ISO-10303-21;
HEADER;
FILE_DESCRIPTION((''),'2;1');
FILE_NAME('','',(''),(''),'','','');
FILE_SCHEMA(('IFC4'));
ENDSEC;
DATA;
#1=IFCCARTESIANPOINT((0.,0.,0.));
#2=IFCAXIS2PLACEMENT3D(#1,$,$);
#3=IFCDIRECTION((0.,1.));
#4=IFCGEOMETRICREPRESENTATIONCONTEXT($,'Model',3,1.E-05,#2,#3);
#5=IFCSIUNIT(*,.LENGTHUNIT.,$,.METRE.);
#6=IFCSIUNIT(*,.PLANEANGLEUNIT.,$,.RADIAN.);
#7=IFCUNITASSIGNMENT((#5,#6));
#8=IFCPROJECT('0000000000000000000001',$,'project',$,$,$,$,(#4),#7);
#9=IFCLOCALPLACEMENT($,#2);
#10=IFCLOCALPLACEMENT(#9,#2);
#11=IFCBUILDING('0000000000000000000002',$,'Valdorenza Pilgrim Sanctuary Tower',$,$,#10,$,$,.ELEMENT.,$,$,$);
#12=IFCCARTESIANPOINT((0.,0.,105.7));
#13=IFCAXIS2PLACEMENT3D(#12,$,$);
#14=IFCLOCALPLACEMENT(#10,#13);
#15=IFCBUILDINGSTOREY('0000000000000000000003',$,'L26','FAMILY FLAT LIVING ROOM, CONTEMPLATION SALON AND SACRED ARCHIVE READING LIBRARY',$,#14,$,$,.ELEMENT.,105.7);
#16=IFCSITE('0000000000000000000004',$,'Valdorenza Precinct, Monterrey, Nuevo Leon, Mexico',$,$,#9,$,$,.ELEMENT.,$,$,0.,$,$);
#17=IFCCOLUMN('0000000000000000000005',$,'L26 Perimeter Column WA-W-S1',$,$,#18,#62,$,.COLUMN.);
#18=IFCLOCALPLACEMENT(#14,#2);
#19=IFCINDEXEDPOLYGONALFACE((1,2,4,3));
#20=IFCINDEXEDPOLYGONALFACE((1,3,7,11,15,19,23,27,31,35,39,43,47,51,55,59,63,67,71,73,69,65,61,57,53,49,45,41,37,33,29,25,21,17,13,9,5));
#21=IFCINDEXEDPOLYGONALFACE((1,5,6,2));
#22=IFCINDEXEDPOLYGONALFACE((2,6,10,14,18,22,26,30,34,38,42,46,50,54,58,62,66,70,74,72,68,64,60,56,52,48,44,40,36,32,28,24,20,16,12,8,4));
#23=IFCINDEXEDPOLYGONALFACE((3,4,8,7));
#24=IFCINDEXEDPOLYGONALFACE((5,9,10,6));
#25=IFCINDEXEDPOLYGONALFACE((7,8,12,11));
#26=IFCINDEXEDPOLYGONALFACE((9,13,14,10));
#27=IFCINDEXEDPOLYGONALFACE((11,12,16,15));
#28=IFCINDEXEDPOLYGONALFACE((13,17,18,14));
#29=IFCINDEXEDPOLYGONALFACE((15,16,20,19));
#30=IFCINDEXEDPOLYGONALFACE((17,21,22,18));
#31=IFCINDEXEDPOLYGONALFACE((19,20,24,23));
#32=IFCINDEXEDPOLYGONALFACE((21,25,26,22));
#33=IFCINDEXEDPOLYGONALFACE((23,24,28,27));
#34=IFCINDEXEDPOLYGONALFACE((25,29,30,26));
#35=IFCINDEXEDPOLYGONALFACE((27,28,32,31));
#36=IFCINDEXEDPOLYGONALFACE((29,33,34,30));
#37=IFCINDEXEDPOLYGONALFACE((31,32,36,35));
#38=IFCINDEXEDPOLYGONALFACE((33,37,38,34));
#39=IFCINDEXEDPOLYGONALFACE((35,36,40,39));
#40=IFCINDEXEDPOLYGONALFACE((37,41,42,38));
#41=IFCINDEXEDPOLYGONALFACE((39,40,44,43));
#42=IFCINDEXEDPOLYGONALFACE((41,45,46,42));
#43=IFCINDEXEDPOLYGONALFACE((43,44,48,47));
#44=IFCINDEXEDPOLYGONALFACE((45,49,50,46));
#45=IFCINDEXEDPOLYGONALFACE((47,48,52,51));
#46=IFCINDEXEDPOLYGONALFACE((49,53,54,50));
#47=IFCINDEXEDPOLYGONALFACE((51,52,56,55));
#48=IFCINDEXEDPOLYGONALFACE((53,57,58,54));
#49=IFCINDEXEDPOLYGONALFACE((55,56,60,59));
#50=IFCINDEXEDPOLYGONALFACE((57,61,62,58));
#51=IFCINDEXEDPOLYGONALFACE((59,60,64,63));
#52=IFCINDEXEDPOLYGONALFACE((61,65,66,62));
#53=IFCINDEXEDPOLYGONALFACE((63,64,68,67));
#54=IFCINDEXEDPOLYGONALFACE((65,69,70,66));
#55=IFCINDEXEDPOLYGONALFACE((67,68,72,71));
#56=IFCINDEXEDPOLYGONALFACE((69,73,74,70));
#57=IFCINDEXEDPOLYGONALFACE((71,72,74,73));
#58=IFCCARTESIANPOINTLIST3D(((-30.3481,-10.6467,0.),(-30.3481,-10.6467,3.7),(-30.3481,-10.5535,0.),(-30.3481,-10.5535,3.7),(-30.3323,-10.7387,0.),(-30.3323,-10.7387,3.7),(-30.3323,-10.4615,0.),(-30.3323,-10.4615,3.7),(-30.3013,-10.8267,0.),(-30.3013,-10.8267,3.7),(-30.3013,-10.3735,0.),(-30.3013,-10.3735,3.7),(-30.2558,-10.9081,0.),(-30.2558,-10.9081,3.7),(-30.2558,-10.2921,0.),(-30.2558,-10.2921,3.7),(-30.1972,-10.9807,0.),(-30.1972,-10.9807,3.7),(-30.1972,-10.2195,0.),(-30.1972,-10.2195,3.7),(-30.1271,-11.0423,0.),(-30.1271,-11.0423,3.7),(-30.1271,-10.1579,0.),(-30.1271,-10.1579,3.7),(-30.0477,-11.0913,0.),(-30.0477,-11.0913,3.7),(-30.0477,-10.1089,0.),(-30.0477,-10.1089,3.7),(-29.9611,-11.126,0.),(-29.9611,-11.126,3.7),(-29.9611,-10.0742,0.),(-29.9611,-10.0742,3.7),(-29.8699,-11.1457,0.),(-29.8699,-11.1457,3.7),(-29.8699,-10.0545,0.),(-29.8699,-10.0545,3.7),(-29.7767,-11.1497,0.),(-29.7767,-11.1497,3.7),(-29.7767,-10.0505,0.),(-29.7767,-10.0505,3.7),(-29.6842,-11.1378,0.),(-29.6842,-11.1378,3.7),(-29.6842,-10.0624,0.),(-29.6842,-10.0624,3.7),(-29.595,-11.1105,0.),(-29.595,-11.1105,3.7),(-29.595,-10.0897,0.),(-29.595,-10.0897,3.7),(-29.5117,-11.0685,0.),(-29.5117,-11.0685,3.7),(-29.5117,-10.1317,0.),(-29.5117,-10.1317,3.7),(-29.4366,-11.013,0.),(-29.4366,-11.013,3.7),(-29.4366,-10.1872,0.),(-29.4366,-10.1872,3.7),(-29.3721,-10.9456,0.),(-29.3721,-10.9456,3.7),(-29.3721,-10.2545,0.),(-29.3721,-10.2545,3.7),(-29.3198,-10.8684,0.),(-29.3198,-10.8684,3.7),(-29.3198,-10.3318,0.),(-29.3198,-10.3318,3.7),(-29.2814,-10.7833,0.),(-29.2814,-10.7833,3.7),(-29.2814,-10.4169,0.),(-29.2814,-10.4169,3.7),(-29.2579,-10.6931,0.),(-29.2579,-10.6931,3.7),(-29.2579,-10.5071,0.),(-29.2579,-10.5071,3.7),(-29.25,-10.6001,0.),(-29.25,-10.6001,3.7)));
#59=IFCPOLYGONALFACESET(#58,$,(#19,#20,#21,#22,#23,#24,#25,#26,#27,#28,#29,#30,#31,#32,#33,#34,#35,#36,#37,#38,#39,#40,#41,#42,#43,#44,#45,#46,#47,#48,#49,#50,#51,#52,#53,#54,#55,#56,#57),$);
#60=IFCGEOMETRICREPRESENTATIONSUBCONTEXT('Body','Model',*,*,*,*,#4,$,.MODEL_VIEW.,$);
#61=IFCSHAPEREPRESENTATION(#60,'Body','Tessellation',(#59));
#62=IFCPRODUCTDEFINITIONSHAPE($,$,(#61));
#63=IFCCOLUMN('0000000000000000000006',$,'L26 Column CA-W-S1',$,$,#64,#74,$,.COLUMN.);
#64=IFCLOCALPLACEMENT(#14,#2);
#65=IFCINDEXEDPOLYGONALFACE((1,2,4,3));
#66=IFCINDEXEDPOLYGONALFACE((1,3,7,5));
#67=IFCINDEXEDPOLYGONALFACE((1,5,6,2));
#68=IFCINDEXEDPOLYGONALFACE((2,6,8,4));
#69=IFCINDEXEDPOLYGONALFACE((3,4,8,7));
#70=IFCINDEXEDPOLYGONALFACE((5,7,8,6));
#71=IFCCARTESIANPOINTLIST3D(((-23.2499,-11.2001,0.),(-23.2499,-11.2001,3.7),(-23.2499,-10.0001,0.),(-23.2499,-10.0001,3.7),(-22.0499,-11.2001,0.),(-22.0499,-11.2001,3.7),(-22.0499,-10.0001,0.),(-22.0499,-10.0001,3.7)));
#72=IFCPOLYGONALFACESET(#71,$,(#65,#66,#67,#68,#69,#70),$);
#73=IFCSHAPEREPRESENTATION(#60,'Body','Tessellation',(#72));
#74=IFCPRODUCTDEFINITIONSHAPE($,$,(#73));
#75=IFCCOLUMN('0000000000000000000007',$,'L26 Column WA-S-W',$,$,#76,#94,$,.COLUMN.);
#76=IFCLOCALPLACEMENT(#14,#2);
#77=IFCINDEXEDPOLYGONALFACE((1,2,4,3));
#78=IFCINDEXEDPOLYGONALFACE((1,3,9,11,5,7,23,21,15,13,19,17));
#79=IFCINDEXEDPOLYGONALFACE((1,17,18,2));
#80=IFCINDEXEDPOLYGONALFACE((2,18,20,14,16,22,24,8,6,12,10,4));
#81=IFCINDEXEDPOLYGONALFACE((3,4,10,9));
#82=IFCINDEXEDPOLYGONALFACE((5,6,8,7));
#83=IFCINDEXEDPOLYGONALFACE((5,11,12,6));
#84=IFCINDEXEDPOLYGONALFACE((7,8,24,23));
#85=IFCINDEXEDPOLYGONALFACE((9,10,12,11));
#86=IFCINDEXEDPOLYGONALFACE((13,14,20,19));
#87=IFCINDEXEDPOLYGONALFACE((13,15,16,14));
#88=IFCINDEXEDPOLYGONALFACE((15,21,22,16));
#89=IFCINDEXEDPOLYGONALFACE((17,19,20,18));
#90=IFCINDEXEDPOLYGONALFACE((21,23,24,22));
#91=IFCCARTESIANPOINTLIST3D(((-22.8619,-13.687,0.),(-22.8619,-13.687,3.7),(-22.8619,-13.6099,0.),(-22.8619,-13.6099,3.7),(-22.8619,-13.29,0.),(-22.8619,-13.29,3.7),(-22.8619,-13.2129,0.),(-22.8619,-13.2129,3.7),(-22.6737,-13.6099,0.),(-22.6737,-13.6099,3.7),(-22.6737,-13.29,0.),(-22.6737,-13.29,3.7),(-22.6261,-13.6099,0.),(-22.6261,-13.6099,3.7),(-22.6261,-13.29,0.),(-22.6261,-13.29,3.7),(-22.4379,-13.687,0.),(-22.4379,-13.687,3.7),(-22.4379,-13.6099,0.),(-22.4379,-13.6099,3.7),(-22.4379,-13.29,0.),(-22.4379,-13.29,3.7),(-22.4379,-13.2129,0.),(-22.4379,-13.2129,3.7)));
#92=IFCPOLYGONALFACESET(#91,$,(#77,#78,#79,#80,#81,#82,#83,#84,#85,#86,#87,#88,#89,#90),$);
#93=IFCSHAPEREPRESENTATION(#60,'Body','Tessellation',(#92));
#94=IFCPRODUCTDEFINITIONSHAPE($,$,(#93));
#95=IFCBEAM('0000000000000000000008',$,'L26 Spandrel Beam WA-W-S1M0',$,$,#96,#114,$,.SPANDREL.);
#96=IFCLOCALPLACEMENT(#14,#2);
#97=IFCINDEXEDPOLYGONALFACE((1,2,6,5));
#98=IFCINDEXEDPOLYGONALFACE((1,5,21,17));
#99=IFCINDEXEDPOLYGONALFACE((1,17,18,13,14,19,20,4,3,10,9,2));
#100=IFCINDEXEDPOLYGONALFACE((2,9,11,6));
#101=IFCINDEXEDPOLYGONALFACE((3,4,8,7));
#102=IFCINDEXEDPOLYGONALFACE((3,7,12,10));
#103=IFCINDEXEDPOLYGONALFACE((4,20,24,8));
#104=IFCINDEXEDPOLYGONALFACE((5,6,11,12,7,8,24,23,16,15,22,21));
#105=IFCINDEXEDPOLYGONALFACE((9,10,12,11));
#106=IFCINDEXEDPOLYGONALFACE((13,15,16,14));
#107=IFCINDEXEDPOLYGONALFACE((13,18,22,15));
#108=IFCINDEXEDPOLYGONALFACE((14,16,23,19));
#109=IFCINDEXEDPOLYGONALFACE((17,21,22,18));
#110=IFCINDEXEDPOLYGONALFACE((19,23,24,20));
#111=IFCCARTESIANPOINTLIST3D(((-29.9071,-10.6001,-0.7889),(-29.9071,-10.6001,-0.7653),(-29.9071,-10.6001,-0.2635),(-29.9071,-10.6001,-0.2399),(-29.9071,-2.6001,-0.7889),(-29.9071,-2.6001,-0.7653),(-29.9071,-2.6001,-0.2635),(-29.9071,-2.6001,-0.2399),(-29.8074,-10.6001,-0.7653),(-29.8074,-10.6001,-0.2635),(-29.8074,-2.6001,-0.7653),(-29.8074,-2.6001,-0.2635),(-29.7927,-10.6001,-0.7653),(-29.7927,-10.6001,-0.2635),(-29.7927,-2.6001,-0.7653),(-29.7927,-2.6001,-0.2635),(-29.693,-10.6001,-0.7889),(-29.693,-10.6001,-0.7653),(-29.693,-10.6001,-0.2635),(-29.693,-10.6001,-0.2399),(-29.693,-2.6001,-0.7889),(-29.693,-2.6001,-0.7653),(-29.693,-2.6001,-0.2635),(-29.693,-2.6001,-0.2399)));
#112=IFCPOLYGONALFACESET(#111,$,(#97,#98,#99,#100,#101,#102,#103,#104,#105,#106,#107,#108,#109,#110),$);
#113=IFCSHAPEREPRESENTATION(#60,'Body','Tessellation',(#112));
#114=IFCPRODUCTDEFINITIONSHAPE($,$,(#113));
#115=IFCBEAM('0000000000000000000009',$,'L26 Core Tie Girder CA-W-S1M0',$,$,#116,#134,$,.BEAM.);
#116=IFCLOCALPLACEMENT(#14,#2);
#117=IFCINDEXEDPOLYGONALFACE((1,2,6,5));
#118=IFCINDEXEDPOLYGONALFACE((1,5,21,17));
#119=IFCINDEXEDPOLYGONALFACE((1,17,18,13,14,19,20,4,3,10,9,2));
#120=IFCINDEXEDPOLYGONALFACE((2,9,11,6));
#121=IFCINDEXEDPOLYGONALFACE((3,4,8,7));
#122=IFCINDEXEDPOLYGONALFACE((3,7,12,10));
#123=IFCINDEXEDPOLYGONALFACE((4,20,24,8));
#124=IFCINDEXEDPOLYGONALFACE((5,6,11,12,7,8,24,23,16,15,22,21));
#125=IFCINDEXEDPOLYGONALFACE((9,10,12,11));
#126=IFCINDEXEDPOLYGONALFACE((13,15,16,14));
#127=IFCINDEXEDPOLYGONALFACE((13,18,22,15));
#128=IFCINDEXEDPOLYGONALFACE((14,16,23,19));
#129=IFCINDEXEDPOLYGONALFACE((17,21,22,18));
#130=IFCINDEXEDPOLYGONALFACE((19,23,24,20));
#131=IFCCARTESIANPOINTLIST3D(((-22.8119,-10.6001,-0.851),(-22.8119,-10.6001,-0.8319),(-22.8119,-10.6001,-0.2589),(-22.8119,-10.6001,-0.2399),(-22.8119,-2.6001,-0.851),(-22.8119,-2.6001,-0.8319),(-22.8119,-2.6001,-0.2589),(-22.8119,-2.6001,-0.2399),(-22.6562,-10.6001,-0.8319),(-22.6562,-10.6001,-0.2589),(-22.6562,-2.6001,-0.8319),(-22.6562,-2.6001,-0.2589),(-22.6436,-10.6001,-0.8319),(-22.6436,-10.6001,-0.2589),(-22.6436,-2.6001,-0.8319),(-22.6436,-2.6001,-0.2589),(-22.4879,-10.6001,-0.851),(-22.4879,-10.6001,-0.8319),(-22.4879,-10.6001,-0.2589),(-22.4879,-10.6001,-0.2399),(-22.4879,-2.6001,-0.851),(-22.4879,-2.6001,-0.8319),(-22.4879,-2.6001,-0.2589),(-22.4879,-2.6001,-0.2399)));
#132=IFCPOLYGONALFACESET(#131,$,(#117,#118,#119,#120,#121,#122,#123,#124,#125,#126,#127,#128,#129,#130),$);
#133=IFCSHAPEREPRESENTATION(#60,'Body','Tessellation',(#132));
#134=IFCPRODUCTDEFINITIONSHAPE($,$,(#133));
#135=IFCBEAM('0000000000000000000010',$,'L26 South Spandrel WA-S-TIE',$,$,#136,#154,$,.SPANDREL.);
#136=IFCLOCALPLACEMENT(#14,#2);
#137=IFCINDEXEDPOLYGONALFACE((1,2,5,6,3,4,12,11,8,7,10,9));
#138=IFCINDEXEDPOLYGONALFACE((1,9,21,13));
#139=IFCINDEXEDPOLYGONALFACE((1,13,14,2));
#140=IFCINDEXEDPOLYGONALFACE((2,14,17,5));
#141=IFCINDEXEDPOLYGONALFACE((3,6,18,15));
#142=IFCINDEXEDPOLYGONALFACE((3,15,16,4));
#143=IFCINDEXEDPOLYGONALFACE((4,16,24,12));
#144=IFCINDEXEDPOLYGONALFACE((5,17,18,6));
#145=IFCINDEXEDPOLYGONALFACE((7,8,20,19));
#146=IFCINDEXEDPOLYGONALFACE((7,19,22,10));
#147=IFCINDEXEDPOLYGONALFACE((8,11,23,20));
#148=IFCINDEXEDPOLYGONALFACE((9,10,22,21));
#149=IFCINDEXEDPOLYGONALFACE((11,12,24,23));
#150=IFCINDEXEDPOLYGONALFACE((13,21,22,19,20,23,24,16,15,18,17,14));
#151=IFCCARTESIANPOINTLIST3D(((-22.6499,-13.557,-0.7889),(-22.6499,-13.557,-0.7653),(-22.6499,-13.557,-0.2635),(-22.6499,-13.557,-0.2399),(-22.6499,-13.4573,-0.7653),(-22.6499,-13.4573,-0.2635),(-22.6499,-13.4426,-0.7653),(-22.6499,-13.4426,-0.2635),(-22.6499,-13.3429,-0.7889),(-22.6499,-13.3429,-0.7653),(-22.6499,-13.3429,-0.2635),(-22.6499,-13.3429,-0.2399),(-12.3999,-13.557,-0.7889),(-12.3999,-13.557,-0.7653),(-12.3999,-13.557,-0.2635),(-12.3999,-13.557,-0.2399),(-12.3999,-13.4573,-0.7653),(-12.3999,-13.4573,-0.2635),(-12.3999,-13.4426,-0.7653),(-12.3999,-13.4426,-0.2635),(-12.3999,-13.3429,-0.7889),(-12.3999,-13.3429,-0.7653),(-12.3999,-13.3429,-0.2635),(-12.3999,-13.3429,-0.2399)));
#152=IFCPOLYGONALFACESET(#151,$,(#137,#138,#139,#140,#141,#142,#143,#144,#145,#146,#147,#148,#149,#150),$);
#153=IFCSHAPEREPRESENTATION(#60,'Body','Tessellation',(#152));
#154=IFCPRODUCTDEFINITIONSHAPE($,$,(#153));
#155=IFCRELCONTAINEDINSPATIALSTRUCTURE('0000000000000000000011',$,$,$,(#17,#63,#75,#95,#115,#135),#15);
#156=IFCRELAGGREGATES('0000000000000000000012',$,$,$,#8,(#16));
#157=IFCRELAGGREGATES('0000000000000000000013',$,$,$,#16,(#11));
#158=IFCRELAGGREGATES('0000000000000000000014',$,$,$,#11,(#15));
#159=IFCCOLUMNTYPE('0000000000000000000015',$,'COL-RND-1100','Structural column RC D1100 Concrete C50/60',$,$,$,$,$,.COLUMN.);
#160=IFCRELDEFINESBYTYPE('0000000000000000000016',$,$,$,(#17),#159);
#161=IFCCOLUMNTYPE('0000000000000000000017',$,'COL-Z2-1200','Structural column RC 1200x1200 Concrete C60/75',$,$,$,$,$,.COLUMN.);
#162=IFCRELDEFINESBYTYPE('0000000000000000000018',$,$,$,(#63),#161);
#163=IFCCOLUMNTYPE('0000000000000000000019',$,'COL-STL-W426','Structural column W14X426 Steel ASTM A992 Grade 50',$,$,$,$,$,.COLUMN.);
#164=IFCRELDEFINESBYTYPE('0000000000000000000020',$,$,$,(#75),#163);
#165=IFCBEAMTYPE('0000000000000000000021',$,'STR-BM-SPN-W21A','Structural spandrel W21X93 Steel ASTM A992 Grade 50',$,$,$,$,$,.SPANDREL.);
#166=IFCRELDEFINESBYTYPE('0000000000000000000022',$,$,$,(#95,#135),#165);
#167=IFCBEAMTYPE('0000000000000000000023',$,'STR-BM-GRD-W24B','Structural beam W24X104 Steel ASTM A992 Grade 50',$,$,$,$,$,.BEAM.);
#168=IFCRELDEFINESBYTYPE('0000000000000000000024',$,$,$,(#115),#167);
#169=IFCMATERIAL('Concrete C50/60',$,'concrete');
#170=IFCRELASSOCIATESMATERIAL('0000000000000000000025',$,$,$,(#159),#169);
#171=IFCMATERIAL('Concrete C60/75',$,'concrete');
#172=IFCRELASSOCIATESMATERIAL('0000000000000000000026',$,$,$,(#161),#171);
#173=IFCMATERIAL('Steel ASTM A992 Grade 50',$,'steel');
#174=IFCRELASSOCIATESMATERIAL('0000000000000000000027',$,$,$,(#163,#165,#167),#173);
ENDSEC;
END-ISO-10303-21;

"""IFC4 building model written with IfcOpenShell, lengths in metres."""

from ifc_helpers import new_model, si_unit, direction, frame, origin, origin_2d, place, context, subcontext, project, spatial, rectangle, circle, i_section, extrude, source, transform, mapped, material, material_profile, profile_set, type_object, element, save


model = new_model("IFC4")

# Units and contexts
model_context = context("Model", 3, precision=1e-05, world=origin(), true_north=direction((0.0, 1.0)))
body_context = subcontext(model_context, "Body", "Model", "MODEL_VIEW")
ifc_project = project(units=[si_unit("LENGTHUNIT", "METRE"), si_unit("PLANEANGLEUNIT", "RADIAN")], contexts=[model_context])

# Site, building, storey
site_placement = place(None, origin())
site = spatial("IfcSite", under=ifc_project, at=site_placement, Name="Valdorenza Precinct, Monterrey, Nuevo Leon, Mexico", CompositionType="ELEMENT", RefElevation=0.0)
building_placement = place(site_placement, origin())
building = spatial("IfcBuilding", under=site, at=building_placement, Name="Valdorenza Pilgrim Sanctuary Tower", CompositionType="ELEMENT")
storey_placement = place(building_placement, frame((0.0, 0.0, 105.7)))
storey = spatial("IfcBuildingStorey", under=building, at=storey_placement, Name="L26", Description="FAMILY FLAT LIVING ROOM, CONTEMPLATION SALON AND SACRED ARCHIVE READING LIBRARY", CompositionType="ELEMENT", Elevation=105.7)

# Columns
ifc_material_1 = material(Name="Concrete C50/60", Category="concrete")
ifc_material_profile_1 = material_profile(ifc_material_1, circle(Radius=0.55, at=origin_2d()), Name="RC D1100")
ifc_profile_set_1 = profile_set([ifc_material_profile_1], Name="Concrete C50/60")
column_type_1 = type_object("IfcColumnType", Name="COL-RND-1100", Description="Structural column RC D1100 Concrete C50/60", PredefinedType="COLUMN", material=ifc_profile_set_1)
shared_shape_1 = source(origin(), body_context, "Body", "SweptSolid", [
    extrude(circle(Radius=0.55, at=origin_2d()), origin(), (0.0, 0.0, 1.0), 3.7),
])
column_1_placement = place(storey_placement, frame((-29.8, -10.6001, 0.0), z_axis=(0.0, 0.0, 1.0), x_axis=(1.0, 0.0, 0.0)))
element("IfcColumn", 1, at=column_1_placement, inside=storey, type_object=column_type_1, Name="L26 Perimeter Column WA-W-S1", PredefinedType="COLUMN", context=body_context, shape_type="MappedRepresentation", body=[
    mapped(shared_shape_1, transform((0.0, 0.0, 0.0), x_axis=(1.0, 0.0, 0.0), y_axis=(0.0, 1.0, 0.0), z_axis=(0.0, 0.0, 1.0), scale=1.0)),
])
ifc_material_2 = material(Name="Concrete C60/75", Category="concrete")
ifc_material_profile_2 = material_profile(ifc_material_2, rectangle(XDim=1.2, YDim=1.2, at=origin_2d()), Name="RC 1200x1200")
ifc_profile_set_2 = profile_set([ifc_material_profile_2], Name="Concrete C60/75")
column_type_2 = type_object("IfcColumnType", Name="COL-Z2-1200", Description="Structural column RC 1200x1200 Concrete C60/75", PredefinedType="COLUMN", material=ifc_profile_set_2)
shared_shape_2 = source(origin(), body_context, "Body", "SweptSolid", [
    extrude(rectangle(XDim=1.2, YDim=1.2, at=origin_2d()), origin(), (0.0, 0.0, 1.0), 3.7),
])
column_2_placement = place(storey_placement, frame((-22.6499, -10.6001, 0.0), z_axis=(0.0, 0.0, 1.0), x_axis=(1.0, 0.0, 0.0)))
element("IfcColumn", 2, at=column_2_placement, inside=storey, type_object=column_type_2, Name="L26 Column CA-W-S1", PredefinedType="COLUMN", context=body_context, shape_type="MappedRepresentation", body=[
    mapped(shared_shape_2, transform((0.0, 0.0, 0.0), x_axis=(1.0, 0.0, 0.0), y_axis=(0.0, 1.0, 0.0), z_axis=(0.0, 0.0, 1.0), scale=1.0)),
])
ifc_material_3 = material(Name="Steel ASTM A992 Grade 50", Category="steel")
ifc_material_profile_3 = material_profile(ifc_material_3, i_section(OverallWidth=0.4241, OverallDepth=0.4741, WebThickness=0.0476, FlangeThickness=0.0771, at=origin_2d()), Name="W14X426")
ifc_profile_set_3 = profile_set([ifc_material_profile_3], Name="Steel ASTM A992 Grade 50")
column_type_3 = type_object("IfcColumnType", Name="COL-STL-W426", Description="Structural column W14X426 Steel ASTM A992 Grade 50", PredefinedType="COLUMN", material=ifc_profile_set_3)
shared_shape_3 = source(origin(), body_context, "Body", "SweptSolid", [
    extrude(i_section(OverallWidth=0.4241, OverallDepth=0.4741, WebThickness=0.0476, FlangeThickness=0.0771, at=origin_2d()), origin(), (0.0, 0.0, 1.0), 3.7),
])
column_3_placement = place(storey_placement, frame((-22.6499, -13.45, 0.0), z_axis=(0.0, 0.0, 1.0), x_axis=(1.0, 0.0, 0.0)))
element("IfcColumn", 3, at=column_3_placement, inside=storey, type_object=column_type_3, Name="L26 Column WA-S-W", PredefinedType="COLUMN", context=body_context, shape_type="MappedRepresentation", body=[
    mapped(shared_shape_3, transform((0.0, 0.0, 0.0), x_axis=(1.0, 0.0, 0.0), y_axis=(0.0, 1.0, 0.0), z_axis=(0.0, 0.0, 1.0), scale=1.0)),
])

# Beams
ifc_material_profile_4 = material_profile(ifc_material_3, i_section(OverallWidth=0.2141, OverallDepth=0.5491, WebThickness=0.0146, FlangeThickness=0.0237, at=origin_2d()), Name="W21X93")
ifc_profile_set_4 = profile_set([ifc_material_profile_4], Name="Steel ASTM A992 Grade 50")
beam_type_1 = type_object("IfcBeamType", Name="STR-BM-SPN-W21A", Description="Structural spandrel W21X93 Steel ASTM A992 Grade 50", PredefinedType="SPANDREL", material=ifc_profile_set_4)
shared_shape_4 = source(origin(), body_context, "Body", "SweptSolid", [
    extrude(i_section(OverallWidth=0.2141, OverallDepth=0.5491, WebThickness=0.0146, FlangeThickness=0.0237, at=origin_2d()), origin(), (0.0, 0.0, 1.0), 8.0),
])
beam_1_placement = place(storey_placement, frame((-29.8, -10.6001, -0.5144), z_axis=(0.0, 1.0, 0.0), x_axis=(-1.0, 0.0, 0.0)))
element("IfcBeam", 4, at=beam_1_placement, inside=storey, type_object=beam_type_1, Name="L26 Spandrel Beam WA-W-S1M0", PredefinedType="SPANDREL", context=body_context, shape_type="MappedRepresentation", body=[
    mapped(shared_shape_4, transform((0.0, 0.0, 0.0), x_axis=(1.0, 0.0, 0.0), y_axis=(0.0, 1.0, 0.0), z_axis=(0.0, 0.0, 1.0), scale=1.0)),
])
ifc_material_profile_5 = material_profile(ifc_material_3, i_section(OverallWidth=0.324, OverallDepth=0.6111, WebThickness=0.0127, FlangeThickness=0.019, at=origin_2d()), Name="W24X104")
ifc_profile_set_5 = profile_set([ifc_material_profile_5], Name="Steel ASTM A992 Grade 50")
beam_type_2 = type_object("IfcBeamType", Name="STR-BM-GRD-W24B", Description="Structural beam W24X104 Steel ASTM A992 Grade 50", PredefinedType="BEAM", material=ifc_profile_set_5)
shared_shape_5 = source(origin(), body_context, "Body", "SweptSolid", [
    extrude(i_section(OverallWidth=0.324, OverallDepth=0.6111, WebThickness=0.0127, FlangeThickness=0.019, at=origin_2d()), origin(), (0.0, 0.0, 1.0), 8.0),
])
beam_2_placement = place(storey_placement, frame((-22.6499, -10.6001, -0.5454), z_axis=(0.0, 1.0, 0.0), x_axis=(-1.0, 0.0, 0.0)))
element("IfcBeam", 5, at=beam_2_placement, inside=storey, type_object=beam_type_2, Name="L26 Core Tie Girder CA-W-S1M0", PredefinedType="BEAM", context=body_context, shape_type="MappedRepresentation", body=[
    mapped(shared_shape_5, transform((0.0, 0.0, 0.0), x_axis=(1.0, 0.0, 0.0), y_axis=(0.0, 1.0, 0.0), z_axis=(0.0, 0.0, 1.0), scale=1.0)),
])
shared_shape_6 = source(origin(), body_context, "Body", "SweptSolid", [
    extrude(i_section(OverallWidth=0.2141, OverallDepth=0.5491, WebThickness=0.0146, FlangeThickness=0.0237, at=origin_2d()), origin(), (0.0, 0.0, 1.0), 10.25),
])
beam_3_placement = place(storey_placement, frame((-22.6499, -13.45, -0.5144), z_axis=(1.0, 0.0, 0.0), x_axis=(0.0, 1.0, 0.0)))
element("IfcBeam", 6, at=beam_3_placement, inside=storey, type_object=beam_type_1, Name="L26 South Spandrel WA-S-TIE", PredefinedType="SPANDREL", context=body_context, shape_type="MappedRepresentation", body=[
    mapped(shared_shape_6, transform((0.0, 0.0, 0.0), x_axis=(1.0, 0.0, 0.0), y_axis=(0.0, 1.0, 0.0), z_axis=(0.0, 0.0, 1.0), scale=1.0)),
])

save(model, "model.ifc")
